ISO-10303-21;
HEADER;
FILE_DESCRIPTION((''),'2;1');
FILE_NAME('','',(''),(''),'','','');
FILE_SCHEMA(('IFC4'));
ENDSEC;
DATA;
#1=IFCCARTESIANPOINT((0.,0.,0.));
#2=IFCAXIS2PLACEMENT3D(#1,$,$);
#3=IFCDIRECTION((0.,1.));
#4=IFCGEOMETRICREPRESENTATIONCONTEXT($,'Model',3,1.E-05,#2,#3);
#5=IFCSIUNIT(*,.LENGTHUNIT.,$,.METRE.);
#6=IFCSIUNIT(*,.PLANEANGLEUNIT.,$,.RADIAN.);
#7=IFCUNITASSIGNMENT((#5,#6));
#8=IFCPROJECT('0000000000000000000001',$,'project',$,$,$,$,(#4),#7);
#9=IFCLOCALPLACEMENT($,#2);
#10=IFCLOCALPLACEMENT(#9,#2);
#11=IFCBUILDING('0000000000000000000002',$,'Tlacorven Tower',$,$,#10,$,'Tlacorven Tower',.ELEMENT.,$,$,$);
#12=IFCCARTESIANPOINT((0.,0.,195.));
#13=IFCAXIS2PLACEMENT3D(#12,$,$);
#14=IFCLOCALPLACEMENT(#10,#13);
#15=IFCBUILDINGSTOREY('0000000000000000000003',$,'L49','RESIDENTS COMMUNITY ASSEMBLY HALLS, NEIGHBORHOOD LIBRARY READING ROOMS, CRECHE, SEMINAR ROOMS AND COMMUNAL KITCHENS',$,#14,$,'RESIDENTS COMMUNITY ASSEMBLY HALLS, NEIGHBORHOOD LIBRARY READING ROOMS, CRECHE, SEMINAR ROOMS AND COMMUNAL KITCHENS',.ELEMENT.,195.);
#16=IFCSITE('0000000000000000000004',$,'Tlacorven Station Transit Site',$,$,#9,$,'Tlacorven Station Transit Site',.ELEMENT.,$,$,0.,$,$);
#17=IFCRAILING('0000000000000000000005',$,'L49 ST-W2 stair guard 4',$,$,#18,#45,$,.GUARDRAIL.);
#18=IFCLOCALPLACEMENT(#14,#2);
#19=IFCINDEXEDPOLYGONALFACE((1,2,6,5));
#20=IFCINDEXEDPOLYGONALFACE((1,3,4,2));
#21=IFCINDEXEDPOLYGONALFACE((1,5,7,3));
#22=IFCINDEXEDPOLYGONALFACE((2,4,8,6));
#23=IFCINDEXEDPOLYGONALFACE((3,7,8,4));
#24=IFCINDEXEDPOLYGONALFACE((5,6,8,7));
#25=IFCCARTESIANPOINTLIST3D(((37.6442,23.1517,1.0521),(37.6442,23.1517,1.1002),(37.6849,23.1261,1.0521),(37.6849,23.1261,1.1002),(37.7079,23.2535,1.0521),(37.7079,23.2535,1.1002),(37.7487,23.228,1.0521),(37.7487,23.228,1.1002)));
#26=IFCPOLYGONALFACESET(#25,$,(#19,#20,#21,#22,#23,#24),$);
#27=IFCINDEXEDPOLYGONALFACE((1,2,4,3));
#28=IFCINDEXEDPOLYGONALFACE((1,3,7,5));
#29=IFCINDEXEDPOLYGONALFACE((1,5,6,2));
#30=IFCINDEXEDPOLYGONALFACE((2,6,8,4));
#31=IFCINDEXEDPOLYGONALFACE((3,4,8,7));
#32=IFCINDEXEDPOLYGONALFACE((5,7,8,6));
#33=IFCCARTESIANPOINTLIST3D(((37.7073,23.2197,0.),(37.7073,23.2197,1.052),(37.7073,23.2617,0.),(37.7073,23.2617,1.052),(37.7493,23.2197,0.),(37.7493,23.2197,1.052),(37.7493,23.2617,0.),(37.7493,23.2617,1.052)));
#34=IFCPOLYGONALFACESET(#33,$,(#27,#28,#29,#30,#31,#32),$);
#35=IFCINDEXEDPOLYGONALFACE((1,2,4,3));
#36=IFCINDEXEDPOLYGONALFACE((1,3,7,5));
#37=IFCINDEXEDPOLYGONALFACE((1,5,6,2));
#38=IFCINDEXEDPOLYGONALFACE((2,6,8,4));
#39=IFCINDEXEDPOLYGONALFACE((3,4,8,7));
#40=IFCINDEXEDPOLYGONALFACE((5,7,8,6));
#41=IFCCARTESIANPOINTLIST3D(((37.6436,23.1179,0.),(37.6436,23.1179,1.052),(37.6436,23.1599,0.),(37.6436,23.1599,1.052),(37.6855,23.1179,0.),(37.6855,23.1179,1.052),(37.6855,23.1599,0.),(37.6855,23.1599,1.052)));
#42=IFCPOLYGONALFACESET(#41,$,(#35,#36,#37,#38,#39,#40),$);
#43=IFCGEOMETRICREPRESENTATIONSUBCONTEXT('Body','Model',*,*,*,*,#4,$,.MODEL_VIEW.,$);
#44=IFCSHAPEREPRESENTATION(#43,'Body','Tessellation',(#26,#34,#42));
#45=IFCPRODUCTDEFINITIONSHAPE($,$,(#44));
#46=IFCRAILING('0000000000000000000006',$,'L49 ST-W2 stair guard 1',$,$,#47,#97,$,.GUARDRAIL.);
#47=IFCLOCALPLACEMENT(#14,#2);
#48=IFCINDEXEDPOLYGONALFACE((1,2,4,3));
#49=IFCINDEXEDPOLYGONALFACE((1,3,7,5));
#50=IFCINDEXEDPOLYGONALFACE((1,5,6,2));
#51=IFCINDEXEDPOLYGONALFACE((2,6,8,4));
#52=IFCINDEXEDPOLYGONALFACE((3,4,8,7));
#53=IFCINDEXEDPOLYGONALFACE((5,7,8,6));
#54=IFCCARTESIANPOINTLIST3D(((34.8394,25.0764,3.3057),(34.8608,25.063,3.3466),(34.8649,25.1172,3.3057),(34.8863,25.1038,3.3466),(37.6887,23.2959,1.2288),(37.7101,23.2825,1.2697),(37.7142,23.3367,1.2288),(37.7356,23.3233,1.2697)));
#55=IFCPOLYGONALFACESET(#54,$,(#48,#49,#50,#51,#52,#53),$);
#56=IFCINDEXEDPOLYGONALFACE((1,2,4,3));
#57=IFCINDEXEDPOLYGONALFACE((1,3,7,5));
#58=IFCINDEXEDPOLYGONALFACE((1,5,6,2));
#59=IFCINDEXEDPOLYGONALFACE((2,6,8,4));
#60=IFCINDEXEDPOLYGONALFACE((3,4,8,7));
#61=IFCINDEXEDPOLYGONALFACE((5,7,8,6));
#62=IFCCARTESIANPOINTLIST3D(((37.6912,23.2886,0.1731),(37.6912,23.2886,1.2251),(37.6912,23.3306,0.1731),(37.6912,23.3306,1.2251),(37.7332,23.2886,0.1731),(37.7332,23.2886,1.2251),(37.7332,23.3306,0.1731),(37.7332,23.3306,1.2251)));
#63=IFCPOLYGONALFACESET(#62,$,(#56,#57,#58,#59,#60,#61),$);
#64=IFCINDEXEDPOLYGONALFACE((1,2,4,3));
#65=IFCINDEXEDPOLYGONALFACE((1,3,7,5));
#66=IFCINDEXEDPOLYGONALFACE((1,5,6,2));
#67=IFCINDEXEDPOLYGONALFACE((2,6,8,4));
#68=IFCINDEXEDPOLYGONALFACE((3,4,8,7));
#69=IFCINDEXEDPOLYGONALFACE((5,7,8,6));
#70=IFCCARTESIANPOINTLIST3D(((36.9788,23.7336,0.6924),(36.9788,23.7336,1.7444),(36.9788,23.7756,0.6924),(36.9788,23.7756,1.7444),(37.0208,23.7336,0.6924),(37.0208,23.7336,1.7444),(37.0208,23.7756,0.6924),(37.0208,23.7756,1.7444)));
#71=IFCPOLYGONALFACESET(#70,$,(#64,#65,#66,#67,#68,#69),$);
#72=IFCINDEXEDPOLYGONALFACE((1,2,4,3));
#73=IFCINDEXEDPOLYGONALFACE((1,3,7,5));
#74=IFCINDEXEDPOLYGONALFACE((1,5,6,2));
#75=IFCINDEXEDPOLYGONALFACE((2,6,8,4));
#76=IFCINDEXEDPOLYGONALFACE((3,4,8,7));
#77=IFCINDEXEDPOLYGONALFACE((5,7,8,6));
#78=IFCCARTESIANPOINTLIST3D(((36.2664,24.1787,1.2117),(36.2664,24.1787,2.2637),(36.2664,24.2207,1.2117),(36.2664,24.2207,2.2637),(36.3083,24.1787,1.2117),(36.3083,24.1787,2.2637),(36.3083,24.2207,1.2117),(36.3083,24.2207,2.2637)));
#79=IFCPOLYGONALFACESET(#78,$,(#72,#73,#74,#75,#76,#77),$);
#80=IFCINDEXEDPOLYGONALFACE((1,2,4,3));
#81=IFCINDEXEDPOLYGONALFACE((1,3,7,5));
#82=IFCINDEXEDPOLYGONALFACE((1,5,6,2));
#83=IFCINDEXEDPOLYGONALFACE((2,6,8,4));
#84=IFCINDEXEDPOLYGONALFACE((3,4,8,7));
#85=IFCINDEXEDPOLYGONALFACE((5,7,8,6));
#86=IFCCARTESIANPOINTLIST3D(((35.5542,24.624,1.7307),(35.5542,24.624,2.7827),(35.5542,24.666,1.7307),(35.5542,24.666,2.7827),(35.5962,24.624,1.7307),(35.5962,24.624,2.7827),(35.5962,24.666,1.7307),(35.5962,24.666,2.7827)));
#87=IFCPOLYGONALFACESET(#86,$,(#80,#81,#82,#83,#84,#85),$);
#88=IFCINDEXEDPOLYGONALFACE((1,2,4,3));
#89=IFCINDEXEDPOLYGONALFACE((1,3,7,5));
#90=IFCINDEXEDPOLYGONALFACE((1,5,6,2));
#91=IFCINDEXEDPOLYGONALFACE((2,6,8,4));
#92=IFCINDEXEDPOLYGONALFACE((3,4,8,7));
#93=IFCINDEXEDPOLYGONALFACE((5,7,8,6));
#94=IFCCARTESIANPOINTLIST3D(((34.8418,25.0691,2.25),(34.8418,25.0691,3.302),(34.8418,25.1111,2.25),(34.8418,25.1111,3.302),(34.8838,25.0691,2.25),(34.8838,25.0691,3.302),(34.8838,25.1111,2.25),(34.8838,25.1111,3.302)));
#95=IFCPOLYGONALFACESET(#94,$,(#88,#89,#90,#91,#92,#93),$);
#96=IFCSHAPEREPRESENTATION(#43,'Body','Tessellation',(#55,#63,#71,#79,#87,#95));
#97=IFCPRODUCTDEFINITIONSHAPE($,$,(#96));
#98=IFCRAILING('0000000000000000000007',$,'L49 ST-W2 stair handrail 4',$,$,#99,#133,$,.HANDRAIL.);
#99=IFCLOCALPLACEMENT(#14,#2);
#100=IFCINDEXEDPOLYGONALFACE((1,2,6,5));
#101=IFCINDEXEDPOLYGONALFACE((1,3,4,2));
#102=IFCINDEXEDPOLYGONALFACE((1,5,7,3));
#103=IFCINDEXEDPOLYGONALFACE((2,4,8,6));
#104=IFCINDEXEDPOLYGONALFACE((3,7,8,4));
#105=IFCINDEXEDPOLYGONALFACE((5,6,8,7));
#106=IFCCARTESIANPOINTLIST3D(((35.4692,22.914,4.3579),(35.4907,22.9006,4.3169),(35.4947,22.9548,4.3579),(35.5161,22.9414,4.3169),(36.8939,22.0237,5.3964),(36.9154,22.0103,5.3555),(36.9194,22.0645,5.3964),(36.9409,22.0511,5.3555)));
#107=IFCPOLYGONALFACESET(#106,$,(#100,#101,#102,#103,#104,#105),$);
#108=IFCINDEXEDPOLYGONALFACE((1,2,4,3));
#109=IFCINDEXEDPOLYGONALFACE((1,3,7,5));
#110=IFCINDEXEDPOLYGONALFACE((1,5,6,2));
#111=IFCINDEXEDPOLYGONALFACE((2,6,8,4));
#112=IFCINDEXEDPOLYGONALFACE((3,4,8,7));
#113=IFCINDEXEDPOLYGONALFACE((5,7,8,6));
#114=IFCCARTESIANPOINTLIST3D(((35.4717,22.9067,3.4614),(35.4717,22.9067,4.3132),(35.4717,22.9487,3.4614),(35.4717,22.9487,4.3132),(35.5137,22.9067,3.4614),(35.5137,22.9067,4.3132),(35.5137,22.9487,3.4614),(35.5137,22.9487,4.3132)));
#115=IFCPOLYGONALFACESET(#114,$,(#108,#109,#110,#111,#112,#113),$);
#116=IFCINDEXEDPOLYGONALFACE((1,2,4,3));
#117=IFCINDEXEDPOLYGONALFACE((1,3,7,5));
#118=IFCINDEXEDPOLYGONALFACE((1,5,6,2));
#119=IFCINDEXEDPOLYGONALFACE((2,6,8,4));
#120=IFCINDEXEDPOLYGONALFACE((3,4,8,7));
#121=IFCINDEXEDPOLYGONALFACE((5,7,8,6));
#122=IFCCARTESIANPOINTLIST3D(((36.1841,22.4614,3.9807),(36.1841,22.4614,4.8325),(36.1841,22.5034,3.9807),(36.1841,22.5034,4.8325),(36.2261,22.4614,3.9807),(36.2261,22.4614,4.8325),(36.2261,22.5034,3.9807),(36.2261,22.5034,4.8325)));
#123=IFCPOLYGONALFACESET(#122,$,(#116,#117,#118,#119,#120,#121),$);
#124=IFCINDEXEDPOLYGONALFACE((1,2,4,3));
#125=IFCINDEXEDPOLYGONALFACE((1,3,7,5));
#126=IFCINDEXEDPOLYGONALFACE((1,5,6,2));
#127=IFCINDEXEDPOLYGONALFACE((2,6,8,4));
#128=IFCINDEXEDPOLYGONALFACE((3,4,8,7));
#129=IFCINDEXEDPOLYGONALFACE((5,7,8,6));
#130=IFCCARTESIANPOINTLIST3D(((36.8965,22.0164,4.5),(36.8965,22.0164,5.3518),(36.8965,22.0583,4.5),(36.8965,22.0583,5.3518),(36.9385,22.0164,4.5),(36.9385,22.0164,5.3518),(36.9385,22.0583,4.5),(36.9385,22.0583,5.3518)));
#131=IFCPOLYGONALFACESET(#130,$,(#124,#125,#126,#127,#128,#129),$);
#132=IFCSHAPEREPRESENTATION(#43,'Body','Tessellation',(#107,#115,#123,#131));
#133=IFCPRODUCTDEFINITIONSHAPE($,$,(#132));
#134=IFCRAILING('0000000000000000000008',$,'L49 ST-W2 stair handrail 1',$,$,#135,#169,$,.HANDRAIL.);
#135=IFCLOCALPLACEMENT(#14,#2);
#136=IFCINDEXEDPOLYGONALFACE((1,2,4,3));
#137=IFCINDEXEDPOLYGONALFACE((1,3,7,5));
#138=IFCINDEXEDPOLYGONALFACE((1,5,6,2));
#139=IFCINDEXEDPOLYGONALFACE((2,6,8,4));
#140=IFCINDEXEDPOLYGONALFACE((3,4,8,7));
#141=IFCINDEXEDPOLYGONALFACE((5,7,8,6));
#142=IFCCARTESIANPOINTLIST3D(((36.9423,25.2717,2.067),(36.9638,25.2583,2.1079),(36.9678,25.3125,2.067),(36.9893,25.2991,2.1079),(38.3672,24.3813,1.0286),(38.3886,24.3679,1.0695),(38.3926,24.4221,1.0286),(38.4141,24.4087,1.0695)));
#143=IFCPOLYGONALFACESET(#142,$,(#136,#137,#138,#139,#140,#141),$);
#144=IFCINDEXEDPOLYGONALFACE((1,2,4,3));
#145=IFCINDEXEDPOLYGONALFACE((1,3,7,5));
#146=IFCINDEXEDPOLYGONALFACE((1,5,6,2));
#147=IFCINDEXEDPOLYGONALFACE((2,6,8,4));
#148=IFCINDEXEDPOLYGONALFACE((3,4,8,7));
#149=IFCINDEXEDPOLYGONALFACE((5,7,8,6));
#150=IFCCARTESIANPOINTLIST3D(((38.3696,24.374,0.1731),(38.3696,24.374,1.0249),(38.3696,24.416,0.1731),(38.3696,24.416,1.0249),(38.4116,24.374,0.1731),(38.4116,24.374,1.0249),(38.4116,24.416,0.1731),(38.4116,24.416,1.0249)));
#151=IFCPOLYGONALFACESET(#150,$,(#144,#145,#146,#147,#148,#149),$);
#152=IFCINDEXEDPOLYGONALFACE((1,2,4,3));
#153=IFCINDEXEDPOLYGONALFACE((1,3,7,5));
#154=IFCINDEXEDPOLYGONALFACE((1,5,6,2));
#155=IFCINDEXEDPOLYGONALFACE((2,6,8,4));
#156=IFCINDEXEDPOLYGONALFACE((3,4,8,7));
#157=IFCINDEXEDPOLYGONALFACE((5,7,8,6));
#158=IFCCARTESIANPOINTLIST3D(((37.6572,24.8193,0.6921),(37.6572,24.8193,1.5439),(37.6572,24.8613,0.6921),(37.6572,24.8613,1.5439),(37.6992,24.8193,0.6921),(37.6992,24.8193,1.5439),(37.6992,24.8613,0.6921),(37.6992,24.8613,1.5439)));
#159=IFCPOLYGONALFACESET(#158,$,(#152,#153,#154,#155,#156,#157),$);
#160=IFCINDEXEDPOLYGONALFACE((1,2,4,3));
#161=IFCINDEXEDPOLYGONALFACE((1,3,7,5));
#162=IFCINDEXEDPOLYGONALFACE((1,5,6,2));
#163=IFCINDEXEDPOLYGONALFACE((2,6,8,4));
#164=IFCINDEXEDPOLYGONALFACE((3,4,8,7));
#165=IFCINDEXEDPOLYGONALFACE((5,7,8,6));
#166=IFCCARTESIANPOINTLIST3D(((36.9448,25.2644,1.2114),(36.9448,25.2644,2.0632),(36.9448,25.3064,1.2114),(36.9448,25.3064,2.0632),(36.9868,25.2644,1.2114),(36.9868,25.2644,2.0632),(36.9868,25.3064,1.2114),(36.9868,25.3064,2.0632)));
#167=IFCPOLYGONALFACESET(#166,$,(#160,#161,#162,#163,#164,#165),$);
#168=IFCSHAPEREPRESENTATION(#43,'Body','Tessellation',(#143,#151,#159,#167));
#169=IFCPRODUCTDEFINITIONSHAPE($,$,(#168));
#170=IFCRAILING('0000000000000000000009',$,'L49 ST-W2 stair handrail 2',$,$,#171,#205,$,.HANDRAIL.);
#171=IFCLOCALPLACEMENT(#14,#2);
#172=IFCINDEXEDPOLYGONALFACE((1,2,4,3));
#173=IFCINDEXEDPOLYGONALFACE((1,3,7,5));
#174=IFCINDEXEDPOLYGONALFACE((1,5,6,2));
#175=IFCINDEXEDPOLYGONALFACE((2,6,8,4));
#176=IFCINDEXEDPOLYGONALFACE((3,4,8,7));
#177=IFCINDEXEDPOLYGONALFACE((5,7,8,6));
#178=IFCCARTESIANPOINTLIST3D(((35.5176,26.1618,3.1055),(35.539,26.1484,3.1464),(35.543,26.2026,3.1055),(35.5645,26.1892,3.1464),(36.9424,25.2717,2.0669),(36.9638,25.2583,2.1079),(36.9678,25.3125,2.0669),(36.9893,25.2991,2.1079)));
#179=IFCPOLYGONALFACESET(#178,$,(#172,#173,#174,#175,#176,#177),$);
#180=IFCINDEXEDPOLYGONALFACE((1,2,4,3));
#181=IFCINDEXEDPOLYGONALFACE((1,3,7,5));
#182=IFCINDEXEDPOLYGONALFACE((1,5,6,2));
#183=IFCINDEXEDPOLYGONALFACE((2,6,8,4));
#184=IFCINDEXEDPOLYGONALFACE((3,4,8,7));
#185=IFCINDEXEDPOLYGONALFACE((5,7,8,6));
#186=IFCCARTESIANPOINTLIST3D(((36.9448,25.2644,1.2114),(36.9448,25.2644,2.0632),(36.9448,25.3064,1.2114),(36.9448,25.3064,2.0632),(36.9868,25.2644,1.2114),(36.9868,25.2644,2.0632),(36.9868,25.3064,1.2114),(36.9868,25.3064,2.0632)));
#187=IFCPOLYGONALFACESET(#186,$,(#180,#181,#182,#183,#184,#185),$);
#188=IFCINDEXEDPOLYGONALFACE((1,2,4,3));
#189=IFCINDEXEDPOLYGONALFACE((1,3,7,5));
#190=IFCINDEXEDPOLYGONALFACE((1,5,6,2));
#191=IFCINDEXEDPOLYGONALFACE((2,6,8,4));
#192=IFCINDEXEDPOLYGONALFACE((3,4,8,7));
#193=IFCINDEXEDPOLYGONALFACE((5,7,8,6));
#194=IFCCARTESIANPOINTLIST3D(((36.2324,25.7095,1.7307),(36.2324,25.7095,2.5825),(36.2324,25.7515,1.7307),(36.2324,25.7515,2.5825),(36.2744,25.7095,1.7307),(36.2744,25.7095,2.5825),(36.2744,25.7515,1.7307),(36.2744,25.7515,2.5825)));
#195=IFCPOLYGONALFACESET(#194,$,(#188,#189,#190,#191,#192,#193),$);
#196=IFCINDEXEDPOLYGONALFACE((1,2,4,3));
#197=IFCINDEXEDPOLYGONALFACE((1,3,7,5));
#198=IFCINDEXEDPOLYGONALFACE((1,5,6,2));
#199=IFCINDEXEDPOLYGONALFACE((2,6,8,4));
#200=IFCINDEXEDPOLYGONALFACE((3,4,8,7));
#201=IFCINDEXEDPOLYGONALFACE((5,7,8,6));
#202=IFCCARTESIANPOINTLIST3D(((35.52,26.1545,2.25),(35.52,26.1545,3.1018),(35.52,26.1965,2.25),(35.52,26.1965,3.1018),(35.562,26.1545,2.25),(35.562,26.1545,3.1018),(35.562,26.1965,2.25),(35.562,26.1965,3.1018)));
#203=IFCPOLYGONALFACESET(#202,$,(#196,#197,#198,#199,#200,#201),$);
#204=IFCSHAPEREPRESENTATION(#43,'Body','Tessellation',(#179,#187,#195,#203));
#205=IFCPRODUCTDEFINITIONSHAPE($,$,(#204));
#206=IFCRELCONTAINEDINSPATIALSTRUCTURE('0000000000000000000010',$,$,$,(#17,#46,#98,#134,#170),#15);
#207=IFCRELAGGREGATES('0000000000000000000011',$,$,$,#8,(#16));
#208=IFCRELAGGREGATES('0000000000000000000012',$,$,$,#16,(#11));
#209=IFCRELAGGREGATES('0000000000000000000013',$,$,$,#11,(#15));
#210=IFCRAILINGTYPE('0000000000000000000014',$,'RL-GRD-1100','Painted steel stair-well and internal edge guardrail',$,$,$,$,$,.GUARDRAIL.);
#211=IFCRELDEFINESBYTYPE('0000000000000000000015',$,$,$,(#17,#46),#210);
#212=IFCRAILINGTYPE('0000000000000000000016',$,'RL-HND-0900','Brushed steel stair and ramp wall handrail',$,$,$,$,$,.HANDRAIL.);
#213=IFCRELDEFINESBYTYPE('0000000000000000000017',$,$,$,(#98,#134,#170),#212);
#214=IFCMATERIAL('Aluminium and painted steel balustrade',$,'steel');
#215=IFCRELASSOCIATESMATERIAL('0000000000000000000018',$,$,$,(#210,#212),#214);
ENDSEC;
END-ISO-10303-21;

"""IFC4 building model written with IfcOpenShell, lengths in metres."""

from ifc_helpers import new_model, si_unit, direction, frame, origin, origin_2d, place, context, subcontext, project, spatial, rectangle, extrude, source, transform, mapped, material, type_object, element, save


model = new_model("IFC4")

# Units and contexts
model_context = context("Model", 3, precision=1e-05, world=origin(), true_north=direction((0.0, 1.0)))
body_context = subcontext(model_context, "Body", "Model", "MODEL_VIEW")
ifc_project = project(units=[si_unit("LENGTHUNIT", "METRE"), si_unit("PLANEANGLEUNIT", "RADIAN")], contexts=[model_context])

# Site, building, storey
site_placement = place(None, origin())
site = spatial("IfcSite", under=ifc_project, at=site_placement, Name="Tlacorven Station Transit Site", LongName="Tlacorven Station Transit Site", CompositionType="ELEMENT", RefElevation=0.0)
building_placement = place(site_placement, origin())
building = spatial("IfcBuilding", under=site, at=building_placement, Name="Tlacorven Tower", LongName="Tlacorven Tower", CompositionType="ELEMENT")
storey_placement = place(building_placement, frame((0.0, 0.0, 195.0)))
storey = spatial("IfcBuildingStorey", under=building, at=storey_placement, Name="L49", Description="RESIDENTS COMMUNITY ASSEMBLY HALLS, NEIGHBORHOOD LIBRARY READING ROOMS, CRECHE, SEMINAR ROOMS AND COMMUNAL KITCHENS", LongName="RESIDENTS COMMUNITY ASSEMBLY HALLS, NEIGHBORHOOD LIBRARY READING ROOMS, CRECHE, SEMINAR ROOMS AND COMMUNAL KITCHENS", CompositionType="ELEMENT", Elevation=195.0)

# Railings
ifc_material_1 = material(Name="Aluminium and painted steel balustrade", Category="steel")
railing_type_1 = type_object("IfcRailingType", Name="RL-GRD-1100", Description="Painted steel stair-well and internal edge guardrail", PredefinedType="GUARDRAIL", material=ifc_material_1)
shared_shape_1 = source(origin(), body_context, "Body", "SweptSolid", [
    extrude(rectangle(XDim=0.0481, YDim=0.0481, at=origin_2d()), frame((0.0, 0.0, 1.0762), z_axis=(-0.530547, -0.847656, 0.0), x_axis=(0.847656, -0.530547, 0.0)), (0.0, 0.0, 1.0), 0.1201),
    extrude(rectangle(XDim=0.042, YDim=0.042, at=origin_2d()), origin(), (0.0, 0.0, 1.0), 1.052),
    extrude(rectangle(XDim=0.042, YDim=0.042, at=origin_2d()), frame((-0.0637, -0.1018, 0.0)), (0.0, 0.0, 1.0), 1.052),
])
railing_1_placement = place(storey_placement, frame((37.7283, 23.2407, 0.0)))
element("IfcRailing", 1, at=railing_1_placement, inside=storey, type_object=railing_type_1, Name="L49 ST-W2 stair guard 4", PredefinedType="GUARDRAIL", context=body_context, shape_type="MappedRepresentation", body=[
    mapped(shared_shape_1, transform((0.0, 0.0, 0.0), scale=1.0)),
])
shared_shape_2 = source(origin(), body_context, "Body", "SweptSolid", [
    extrude(rectangle(XDim=0.0481, YDim=0.0481, at=origin_2d()), frame((0.0, 0.0, 1.0762), z_axis=(-0.721355, 0.450762, 0.525796), x_axis=(-0.529927, -0.848043, 0.0)), (0.0, 0.0, 1.0), 3.95),
    extrude(rectangle(XDim=0.042, YDim=0.042, at=origin_2d()), origin(), (0.0, 0.0, 1.0), 1.052),
    extrude(rectangle(XDim=0.042, YDim=0.042, at=origin_2d()), frame((-0.7124, 0.4451, 0.5193)), (0.0, 0.0, 1.0), 1.052),
    extrude(rectangle(XDim=0.042, YDim=0.042, at=origin_2d()), frame((-1.4248, 0.8901, 1.0386)), (0.0, 0.0, 1.0), 1.052),
    extrude(rectangle(XDim=0.042, YDim=0.042, at=origin_2d()), frame((-2.137, 1.3354, 1.5576)), (0.0, 0.0, 1.0), 1.052),
    extrude(rectangle(XDim=0.042, YDim=0.042, at=origin_2d()), frame((-2.8494, 1.7805, 2.0769)), (0.0, 0.0, 1.0), 1.052),
])
railing_2_placement = place(storey_placement, frame((37.7122, 23.3096, 0.1731)))
element("IfcRailing", 2, at=railing_2_placement, inside=storey, type_object=railing_type_1, Name="L49 ST-W2 stair guard 1", PredefinedType="GUARDRAIL", context=body_context, shape_type="MappedRepresentation", body=[
    mapped(shared_shape_2, transform((0.0, 0.0, 0.0), scale=1.0)),
])
railing_type_2 = type_object("IfcRailingType", Name="RL-HND-0900", Description="Brushed steel stair and ramp wall handrail", PredefinedType="HANDRAIL", material=ifc_material_1)
shared_shape_3 = source(origin(), body_context, "Body", "SweptSolid", [
    extrude(rectangle(XDim=0.0481, YDim=0.0481, at=origin_2d()), frame((0.0, 0.0, 0.876), z_axis=(0.721341, -0.450776, 0.525803), x_axis=(0.529947, 0.848031, 0.0)), (0.0, 0.0, 1.0), 1.9751),
    extrude(rectangle(XDim=0.042, YDim=0.042, at=origin_2d()), origin(), (0.0, 0.0, 1.0), 0.8518),
    extrude(rectangle(XDim=0.042, YDim=0.042, at=origin_2d()), frame((0.7124, -0.4453, 0.5193)), (0.0, 0.0, 1.0), 0.8518),
    extrude(rectangle(XDim=0.042, YDim=0.042, at=origin_2d()), frame((1.4248, -0.8904, 1.0386)), (0.0, 0.0, 1.0), 0.8518),
])
railing_3_placement = place(storey_placement, frame((35.4927, 22.9277, 3.4614)))
element("IfcRailing", 3, at=railing_3_placement, inside=storey, type_object=railing_type_2, Name="L49 ST-W2 stair handrail 4", PredefinedType="HANDRAIL", context=body_context, shape_type="MappedRepresentation", body=[
    mapped(shared_shape_3, transform((0.0, 0.0, 0.0), scale=1.0)),
])
shared_shape_4 = source(origin(), body_context, "Body", "SweptSolid", [
    extrude(rectangle(XDim=0.0481, YDim=0.0481, at=origin_2d()), frame((0.0, 0.0, 0.876), z_axis=(-0.721388, 0.450805, 0.525713), x_axis=(-0.529947, -0.848031, 0.0)), (0.0, 0.0, 1.0), 1.9751),
    extrude(rectangle(XDim=0.042, YDim=0.042, at=origin_2d()), origin(), (0.0, 0.0, 1.0), 0.8518),
    extrude(rectangle(XDim=0.042, YDim=0.042, at=origin_2d()), frame((-0.7124, 0.4453, 0.519)), (0.0, 0.0, 1.0), 0.8518),
    extrude(rectangle(XDim=0.042, YDim=0.042, at=origin_2d()), frame((-1.4248, 0.8904, 1.0383)), (0.0, 0.0, 1.0), 0.8518),
])
railing_4_placement = place(storey_placement, frame((38.3906, 24.395, 0.1731)))
element("IfcRailing", 4, at=railing_4_placement, inside=storey, type_object=railing_type_2, Name="L49 ST-W2 stair handrail 1", PredefinedType="HANDRAIL", context=body_context, shape_type="MappedRepresentation", body=[
    mapped(shared_shape_4, transform((0.0, 0.0, 0.0), scale=1.0)),
])
shared_shape_5 = source(origin(), body_context, "Body", "SweptSolid", [
    extrude(rectangle(XDim=0.0481, YDim=0.0481, at=origin_2d()), frame((0.0, 0.0, 0.876), z_axis=(-0.721381, 0.450678, 0.525832), x_axis=(-0.529842, -0.848096, 0.0)), (0.0, 0.0, 1.0), 1.9751),
    extrude(rectangle(XDim=0.042, YDim=0.042, at=origin_2d()), origin(), (0.0, 0.0, 1.0), 0.8518),
    extrude(rectangle(XDim=0.042, YDim=0.042, at=origin_2d()), frame((-0.7124, 0.4451, 0.5193)), (0.0, 0.0, 1.0), 0.8518),
    extrude(rectangle(XDim=0.042, YDim=0.042, at=origin_2d()), frame((-1.4248, 0.8901, 1.0386)), (0.0, 0.0, 1.0), 0.8518),
])
railing_5_placement = place(storey_placement, frame((36.9658, 25.2854, 1.2114)))
element("IfcRailing", 5, at=railing_5_placement, inside=storey, type_object=railing_type_2, Name="L49 ST-W2 stair handrail 2", PredefinedType="HANDRAIL", context=body_context, shape_type="MappedRepresentation", body=[
    mapped(shared_shape_5, transform((0.0, 0.0, 0.0), scale=1.0)),
])

save(model, "model.ifc")
